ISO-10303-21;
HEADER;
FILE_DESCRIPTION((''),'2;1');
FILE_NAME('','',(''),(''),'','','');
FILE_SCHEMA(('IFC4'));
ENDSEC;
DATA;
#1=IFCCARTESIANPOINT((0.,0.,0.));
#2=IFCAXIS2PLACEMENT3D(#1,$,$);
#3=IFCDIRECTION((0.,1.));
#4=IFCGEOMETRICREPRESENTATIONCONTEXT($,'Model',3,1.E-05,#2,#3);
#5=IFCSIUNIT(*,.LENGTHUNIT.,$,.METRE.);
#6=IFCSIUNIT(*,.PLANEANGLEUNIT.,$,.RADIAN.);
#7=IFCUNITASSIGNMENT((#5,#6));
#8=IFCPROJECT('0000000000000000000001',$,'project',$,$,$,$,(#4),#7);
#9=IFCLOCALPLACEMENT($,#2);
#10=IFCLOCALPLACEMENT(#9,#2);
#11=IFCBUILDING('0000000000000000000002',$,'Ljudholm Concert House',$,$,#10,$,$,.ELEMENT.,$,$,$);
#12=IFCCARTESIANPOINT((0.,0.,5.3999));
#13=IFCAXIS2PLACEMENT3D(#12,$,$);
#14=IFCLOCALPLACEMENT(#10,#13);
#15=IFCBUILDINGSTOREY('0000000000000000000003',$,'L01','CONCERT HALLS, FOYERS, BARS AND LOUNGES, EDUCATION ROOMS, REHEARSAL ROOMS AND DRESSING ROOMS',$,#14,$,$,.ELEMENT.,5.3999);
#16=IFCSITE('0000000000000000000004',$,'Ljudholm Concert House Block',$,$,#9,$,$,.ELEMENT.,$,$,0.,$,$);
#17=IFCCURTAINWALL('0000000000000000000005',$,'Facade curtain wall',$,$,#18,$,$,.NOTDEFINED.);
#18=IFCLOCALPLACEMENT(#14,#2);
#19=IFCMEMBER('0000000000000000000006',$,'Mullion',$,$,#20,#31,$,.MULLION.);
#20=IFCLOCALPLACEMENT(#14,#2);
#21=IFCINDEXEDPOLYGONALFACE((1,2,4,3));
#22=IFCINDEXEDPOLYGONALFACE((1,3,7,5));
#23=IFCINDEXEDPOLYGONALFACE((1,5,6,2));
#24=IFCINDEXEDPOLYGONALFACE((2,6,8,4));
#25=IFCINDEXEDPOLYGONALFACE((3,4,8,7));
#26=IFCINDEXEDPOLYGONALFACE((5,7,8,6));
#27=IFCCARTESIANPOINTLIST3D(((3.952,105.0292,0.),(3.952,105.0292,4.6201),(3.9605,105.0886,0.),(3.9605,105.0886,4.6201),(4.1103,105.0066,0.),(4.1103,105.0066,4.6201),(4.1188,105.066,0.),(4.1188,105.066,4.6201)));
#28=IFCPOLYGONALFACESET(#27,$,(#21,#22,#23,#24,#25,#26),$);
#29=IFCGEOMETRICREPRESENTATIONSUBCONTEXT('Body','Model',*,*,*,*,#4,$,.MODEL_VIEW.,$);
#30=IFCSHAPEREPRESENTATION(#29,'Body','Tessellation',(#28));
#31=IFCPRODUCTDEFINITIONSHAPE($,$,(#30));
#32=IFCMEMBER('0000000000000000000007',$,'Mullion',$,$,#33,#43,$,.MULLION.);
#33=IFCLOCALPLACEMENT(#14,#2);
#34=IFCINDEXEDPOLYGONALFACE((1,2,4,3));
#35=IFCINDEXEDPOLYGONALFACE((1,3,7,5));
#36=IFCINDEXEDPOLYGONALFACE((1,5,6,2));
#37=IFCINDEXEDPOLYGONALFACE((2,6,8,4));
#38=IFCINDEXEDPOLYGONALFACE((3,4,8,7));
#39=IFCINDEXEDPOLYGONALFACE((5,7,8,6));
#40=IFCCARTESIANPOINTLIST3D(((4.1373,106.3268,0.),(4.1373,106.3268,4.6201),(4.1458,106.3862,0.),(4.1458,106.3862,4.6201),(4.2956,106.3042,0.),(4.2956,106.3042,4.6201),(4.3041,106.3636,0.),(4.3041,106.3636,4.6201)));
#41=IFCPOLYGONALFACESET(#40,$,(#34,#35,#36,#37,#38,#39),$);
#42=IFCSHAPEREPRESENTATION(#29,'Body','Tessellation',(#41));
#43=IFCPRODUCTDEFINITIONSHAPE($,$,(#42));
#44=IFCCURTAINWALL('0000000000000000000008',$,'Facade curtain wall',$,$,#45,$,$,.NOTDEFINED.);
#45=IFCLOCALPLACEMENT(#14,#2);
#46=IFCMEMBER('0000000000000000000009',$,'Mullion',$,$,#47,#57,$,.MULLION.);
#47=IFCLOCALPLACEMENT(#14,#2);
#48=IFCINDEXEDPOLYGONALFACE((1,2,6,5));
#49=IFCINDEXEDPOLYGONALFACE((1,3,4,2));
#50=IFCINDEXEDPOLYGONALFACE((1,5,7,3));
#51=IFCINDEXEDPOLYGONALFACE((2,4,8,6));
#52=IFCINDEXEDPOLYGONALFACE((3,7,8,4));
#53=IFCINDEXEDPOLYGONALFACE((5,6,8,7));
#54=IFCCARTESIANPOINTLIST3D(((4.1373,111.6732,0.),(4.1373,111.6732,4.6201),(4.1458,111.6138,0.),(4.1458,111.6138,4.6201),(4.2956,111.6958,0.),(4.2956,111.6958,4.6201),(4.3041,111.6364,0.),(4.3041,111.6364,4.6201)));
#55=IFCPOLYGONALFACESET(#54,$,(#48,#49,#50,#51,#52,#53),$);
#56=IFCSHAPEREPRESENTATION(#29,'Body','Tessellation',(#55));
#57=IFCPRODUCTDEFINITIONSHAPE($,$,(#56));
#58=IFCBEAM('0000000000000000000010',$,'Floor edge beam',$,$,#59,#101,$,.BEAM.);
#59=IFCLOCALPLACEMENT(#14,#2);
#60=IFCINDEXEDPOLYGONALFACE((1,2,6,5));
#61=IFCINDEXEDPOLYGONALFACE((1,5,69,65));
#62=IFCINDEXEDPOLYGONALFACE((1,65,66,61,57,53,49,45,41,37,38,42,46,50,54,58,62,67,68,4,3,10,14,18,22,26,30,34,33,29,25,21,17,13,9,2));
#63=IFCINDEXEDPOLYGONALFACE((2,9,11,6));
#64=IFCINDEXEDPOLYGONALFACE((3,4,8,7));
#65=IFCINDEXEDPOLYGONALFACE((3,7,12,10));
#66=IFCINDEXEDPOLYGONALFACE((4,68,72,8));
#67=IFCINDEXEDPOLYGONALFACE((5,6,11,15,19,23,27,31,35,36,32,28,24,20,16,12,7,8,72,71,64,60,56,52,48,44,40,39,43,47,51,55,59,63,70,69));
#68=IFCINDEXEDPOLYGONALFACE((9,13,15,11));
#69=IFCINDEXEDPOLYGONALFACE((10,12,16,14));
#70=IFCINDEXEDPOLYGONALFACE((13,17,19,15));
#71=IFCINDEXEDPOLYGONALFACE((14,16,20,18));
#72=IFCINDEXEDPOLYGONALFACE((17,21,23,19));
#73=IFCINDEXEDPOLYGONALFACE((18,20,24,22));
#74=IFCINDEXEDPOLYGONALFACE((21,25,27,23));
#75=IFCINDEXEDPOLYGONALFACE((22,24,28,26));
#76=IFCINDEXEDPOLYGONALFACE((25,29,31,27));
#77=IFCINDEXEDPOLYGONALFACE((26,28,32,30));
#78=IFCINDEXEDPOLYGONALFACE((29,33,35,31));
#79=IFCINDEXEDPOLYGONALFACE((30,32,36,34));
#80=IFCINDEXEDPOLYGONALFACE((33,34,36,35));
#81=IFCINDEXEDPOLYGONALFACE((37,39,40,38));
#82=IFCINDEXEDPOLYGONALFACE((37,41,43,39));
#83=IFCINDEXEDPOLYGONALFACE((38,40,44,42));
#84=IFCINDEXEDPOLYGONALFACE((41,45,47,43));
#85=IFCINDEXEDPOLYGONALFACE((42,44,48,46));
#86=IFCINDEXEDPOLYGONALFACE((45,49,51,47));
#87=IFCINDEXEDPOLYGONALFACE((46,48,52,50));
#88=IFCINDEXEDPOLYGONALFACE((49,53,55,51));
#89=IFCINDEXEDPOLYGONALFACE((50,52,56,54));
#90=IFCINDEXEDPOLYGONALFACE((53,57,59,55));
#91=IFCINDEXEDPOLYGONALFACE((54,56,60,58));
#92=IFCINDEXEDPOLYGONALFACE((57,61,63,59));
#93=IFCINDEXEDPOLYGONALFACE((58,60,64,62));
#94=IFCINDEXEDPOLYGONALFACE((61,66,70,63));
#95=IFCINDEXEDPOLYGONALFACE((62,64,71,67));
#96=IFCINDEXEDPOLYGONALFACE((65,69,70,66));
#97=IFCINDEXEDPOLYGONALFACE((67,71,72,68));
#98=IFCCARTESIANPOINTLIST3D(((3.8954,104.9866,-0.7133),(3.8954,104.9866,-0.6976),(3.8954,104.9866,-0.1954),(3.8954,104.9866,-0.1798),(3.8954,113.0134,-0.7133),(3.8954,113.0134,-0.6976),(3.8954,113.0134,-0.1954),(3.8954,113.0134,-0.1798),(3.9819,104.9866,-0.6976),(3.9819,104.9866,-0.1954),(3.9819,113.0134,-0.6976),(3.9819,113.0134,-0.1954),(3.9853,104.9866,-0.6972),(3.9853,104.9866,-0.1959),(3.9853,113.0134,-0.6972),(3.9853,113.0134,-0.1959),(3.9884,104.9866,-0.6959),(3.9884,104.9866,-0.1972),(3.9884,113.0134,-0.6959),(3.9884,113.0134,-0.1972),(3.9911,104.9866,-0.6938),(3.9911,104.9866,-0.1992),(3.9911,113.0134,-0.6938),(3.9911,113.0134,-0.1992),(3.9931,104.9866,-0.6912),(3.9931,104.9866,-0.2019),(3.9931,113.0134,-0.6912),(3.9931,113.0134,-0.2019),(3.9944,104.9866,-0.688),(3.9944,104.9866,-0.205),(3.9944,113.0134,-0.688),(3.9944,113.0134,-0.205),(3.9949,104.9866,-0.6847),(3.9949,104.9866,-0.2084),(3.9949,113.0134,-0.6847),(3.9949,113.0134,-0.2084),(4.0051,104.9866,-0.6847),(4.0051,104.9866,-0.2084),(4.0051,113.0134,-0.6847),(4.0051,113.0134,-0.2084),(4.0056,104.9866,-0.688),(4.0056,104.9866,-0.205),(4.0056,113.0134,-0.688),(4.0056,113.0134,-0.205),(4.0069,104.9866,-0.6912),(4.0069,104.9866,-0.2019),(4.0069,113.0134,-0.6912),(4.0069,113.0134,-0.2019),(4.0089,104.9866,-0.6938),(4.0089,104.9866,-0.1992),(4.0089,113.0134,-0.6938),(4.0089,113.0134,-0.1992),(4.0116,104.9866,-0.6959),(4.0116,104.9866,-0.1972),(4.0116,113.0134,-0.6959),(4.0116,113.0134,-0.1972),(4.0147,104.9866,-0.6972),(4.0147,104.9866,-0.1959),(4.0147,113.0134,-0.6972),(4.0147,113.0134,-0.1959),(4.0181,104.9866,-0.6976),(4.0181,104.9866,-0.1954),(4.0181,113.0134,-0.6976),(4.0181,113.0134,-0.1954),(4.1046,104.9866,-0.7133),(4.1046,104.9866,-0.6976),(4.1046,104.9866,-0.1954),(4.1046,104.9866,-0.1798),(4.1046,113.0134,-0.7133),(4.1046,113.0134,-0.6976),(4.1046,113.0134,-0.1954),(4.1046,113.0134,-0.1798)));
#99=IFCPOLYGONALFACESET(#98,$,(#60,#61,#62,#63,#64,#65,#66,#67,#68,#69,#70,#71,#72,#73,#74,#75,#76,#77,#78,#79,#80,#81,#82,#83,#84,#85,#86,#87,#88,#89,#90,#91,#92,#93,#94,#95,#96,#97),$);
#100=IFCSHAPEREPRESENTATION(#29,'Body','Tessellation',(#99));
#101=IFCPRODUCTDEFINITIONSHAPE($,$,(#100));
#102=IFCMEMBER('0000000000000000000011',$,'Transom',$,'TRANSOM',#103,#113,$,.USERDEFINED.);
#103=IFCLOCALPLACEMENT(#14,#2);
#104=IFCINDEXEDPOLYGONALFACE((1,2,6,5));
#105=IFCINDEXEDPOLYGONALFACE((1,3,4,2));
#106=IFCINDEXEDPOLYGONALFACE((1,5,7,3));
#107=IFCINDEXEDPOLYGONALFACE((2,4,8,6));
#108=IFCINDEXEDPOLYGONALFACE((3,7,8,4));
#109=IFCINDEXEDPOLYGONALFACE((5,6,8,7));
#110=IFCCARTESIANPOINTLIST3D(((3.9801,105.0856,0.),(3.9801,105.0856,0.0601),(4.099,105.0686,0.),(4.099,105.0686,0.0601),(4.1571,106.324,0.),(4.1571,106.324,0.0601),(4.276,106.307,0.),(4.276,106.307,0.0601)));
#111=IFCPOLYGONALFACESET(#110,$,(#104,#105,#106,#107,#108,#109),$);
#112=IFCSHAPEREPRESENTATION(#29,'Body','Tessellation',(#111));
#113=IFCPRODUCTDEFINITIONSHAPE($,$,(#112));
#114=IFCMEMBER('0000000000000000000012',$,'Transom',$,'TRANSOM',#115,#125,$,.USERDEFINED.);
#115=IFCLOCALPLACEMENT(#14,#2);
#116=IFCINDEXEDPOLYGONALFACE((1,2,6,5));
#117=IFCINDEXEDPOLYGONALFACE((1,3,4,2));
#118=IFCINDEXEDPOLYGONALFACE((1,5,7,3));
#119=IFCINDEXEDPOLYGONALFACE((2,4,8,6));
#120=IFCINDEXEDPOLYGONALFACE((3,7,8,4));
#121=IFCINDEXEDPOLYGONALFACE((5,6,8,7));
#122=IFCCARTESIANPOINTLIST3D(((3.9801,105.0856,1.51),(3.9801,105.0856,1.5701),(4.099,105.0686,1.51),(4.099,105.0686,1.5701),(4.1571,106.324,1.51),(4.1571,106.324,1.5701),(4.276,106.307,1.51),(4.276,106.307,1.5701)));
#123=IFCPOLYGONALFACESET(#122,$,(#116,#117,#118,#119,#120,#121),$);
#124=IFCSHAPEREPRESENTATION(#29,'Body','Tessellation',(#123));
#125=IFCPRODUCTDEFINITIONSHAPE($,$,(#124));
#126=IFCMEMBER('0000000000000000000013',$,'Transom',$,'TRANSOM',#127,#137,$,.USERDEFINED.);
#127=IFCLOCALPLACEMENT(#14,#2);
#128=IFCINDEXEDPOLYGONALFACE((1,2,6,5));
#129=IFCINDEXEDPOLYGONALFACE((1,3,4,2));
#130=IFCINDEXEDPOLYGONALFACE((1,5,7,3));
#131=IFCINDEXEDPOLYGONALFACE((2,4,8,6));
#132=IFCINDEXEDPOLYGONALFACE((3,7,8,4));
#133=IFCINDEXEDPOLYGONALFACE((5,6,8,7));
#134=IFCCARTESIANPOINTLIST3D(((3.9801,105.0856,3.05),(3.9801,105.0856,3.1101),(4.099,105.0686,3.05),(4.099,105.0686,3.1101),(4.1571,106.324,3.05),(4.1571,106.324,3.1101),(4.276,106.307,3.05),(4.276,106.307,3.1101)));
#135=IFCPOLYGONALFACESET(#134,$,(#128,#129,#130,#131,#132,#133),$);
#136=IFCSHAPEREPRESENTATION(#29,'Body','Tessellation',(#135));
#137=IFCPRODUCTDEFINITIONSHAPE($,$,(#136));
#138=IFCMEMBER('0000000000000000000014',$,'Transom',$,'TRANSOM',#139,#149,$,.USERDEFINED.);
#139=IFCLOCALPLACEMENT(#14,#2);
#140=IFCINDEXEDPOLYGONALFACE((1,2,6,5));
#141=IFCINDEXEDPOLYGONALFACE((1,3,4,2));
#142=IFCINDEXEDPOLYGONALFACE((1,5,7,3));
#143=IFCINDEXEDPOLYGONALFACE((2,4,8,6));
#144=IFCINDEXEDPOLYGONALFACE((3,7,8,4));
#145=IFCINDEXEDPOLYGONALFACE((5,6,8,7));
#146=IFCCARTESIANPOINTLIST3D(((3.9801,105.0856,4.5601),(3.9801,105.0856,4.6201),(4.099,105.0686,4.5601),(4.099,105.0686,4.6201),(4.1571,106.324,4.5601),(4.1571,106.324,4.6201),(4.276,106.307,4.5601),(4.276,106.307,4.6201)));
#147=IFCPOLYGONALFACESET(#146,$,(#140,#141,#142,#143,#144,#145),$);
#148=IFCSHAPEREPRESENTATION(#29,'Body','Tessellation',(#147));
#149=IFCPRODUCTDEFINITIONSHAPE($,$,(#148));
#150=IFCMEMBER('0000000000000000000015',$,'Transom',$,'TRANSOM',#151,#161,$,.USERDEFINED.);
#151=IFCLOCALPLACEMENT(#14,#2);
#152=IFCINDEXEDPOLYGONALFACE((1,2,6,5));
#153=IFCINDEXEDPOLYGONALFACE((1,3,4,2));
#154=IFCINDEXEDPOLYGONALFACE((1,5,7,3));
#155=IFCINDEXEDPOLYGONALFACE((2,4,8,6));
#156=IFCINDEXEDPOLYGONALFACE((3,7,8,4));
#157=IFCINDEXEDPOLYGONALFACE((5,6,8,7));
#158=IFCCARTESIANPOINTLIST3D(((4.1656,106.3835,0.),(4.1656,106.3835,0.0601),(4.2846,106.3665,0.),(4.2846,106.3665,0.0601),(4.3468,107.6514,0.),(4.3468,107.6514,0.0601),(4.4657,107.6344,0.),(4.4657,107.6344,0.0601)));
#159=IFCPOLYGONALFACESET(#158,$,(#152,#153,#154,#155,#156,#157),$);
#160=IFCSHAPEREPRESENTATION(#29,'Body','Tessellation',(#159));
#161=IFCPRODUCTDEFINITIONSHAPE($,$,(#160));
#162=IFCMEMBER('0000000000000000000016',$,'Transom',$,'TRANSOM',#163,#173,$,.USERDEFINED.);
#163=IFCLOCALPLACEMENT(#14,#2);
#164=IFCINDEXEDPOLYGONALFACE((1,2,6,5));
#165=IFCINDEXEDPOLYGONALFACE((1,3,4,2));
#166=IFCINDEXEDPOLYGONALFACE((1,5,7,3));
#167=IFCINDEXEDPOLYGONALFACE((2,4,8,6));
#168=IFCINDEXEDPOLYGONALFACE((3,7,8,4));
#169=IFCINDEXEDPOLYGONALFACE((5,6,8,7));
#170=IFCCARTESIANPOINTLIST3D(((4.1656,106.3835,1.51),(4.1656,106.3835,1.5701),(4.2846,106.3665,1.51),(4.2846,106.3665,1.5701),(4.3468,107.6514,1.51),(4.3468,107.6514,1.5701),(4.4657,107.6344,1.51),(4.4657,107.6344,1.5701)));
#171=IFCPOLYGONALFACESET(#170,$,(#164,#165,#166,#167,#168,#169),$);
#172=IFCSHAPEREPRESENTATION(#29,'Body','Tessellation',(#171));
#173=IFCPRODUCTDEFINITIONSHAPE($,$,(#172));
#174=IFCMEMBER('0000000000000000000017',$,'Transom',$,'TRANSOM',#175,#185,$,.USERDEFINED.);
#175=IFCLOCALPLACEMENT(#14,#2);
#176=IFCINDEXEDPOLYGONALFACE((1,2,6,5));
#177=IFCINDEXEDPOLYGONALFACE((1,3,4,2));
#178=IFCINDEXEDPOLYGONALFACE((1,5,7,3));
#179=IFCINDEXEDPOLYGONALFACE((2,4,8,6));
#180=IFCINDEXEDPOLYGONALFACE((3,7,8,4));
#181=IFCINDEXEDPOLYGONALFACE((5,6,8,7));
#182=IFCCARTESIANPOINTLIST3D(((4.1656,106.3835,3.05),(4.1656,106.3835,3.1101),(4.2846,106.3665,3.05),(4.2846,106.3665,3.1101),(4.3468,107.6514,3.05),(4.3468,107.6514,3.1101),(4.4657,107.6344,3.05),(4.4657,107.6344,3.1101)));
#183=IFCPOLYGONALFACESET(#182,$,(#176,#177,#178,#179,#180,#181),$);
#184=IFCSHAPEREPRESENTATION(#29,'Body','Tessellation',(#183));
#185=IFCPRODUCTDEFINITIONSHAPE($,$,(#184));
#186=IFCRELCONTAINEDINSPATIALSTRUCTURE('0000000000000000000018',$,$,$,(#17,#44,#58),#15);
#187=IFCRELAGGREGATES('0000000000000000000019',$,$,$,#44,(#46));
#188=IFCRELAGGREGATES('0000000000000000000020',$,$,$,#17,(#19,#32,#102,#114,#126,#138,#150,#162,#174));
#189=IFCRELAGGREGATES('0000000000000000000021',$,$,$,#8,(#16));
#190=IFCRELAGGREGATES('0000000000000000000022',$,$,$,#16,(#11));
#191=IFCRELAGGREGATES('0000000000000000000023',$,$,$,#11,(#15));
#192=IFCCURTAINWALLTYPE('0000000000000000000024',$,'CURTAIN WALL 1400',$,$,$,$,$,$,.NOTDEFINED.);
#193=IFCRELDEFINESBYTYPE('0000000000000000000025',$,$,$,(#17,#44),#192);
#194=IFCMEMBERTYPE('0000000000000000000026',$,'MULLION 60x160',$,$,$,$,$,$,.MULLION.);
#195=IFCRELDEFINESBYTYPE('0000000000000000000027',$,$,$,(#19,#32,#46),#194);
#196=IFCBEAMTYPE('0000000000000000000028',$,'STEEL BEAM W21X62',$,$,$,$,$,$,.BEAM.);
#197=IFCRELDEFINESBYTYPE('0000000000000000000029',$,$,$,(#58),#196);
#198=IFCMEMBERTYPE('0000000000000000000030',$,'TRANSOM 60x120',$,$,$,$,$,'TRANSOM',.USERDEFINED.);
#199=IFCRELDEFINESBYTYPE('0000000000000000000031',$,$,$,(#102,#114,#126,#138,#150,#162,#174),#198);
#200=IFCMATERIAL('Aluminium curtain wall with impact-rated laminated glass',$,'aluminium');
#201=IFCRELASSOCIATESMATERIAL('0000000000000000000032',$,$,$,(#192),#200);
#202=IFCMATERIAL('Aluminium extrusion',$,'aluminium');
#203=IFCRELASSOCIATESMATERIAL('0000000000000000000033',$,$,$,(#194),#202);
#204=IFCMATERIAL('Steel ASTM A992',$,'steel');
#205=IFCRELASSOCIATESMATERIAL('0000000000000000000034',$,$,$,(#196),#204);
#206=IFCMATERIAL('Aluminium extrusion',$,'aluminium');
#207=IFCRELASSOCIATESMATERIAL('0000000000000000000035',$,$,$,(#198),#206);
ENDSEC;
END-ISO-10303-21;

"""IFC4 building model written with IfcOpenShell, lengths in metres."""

from ifc_helpers import new_model, si_unit, direction, frame, origin, origin_2d, place, context, subcontext, project, spatial, rectangle, i_section, extrude, material, material_profile, profile_set, type_object, element, aggregate, save


model = new_model("IFC4")

# Units and contexts
model_context = context("Model", 3, precision=1e-05, world=origin(), true_north=direction((0.0, 1.0)))
body_context = subcontext(model_context, "Body", "Model", "MODEL_VIEW")
ifc_project = project(units=[si_unit("LENGTHUNIT", "METRE"), si_unit("PLANEANGLEUNIT", "RADIAN")], contexts=[model_context])

# Site, building, storey
site_placement = place(None, origin())
site = spatial("IfcSite", under=ifc_project, at=site_placement, Name="Ljudholm Concert House Block", CompositionType="ELEMENT", RefElevation=0.0)
building_placement = place(site_placement, origin())
building = spatial("IfcBuilding", under=site, at=building_placement, Name="Ljudholm Concert House", CompositionType="ELEMENT")
storey_placement = place(building_placement, frame((0.0, 0.0, 5.3999)))
storey = spatial("IfcBuildingStorey", under=building, at=storey_placement, Name="L01", Description="CONCERT HALLS, FOYERS, BARS AND LOUNGES, EDUCATION ROOMS, REHEARSAL ROOMS AND DRESSING ROOMS", CompositionType="ELEMENT", Elevation=5.3999)

# Curtain wall, members
ifc_material_1 = material(Name="Aluminium curtain wall with impact-rated laminated glass", Category="aluminium")
curtain_wall_type = type_object("IfcCurtainWallType", Name="CURTAIN WALL 1400", PredefinedType="NOTDEFINED", material=ifc_material_1)
curtain_wall_1_placement = place(storey_placement, origin())
curtain_wall_1 = element("IfcCurtainWall", 1, at=curtain_wall_1_placement, inside=storey, type_object=curtain_wall_type, Name="Facade curtain wall", PredefinedType="NOTDEFINED")
ifc_material_2 = material(Name="Aluminium extrusion", Category="aluminium")
ifc_material_profile_1 = material_profile(ifc_material_2, rectangle(XDim=0.1599, YDim=0.0601, at=origin_2d()), Name="MULLION 60x160")
ifc_profile_set_1 = profile_set([ifc_material_profile_1], Name="Aluminium extrusion")
member_type_1 = type_object("IfcMemberType", Name="MULLION 60x160", PredefinedType="MULLION", material=ifc_profile_set_1)
member_1_placement = place(storey_placement, frame((4.0354, 105.0476, 0.0), z_axis=(0.0, 0.0, 1.0), x_axis=(-0.989949, 0.141421, 0.0)))
member_1 = element("IfcMember", 2, at=member_1_placement, type_object=member_type_1, Name="Mullion", PredefinedType="MULLION", context=body_context, shape_type="SweptSolid", body=[
    extrude(rectangle(XDim=0.1599, YDim=0.0601, at=origin_2d()), origin(), (0.0, 0.0, 1.0), 4.6201),
])
member_2_placement = place(storey_placement, frame((4.2207, 106.3452, 0.0), z_axis=(0.0, 0.0, 1.0), x_axis=(-0.989949, 0.141421, 0.0)))
member_2 = element("IfcMember", 3, at=member_2_placement, type_object=member_type_1, Name="Mullion", PredefinedType="MULLION", context=body_context, shape_type="SweptSolid", body=[
    extrude(rectangle(XDim=0.1599, YDim=0.0601, at=origin_2d()), origin(), (0.0, 0.0, 1.0), 4.6201),
])

# Curtain wall, member
curtain_wall_2_placement = place(storey_placement, origin())
curtain_wall_2 = element("IfcCurtainWall", 4, at=curtain_wall_2_placement, inside=storey, type_object=curtain_wall_type, Name="Facade curtain wall", PredefinedType="NOTDEFINED")
member_3_placement = place(storey_placement, frame((4.2207, 111.6548, 0.0), z_axis=(0.0, 0.0, 1.0), x_axis=(-0.989949, -0.141421, 0.0)))
member_3 = element("IfcMember", 5, at=member_3_placement, type_object=member_type_1, Name="Mullion", PredefinedType="MULLION", context=body_context, shape_type="SweptSolid", body=[
    extrude(rectangle(XDim=0.1599, YDim=0.0601, at=origin_2d()), origin(), (0.0, 0.0, 1.0), 4.6201),
])

# Beam
ifc_material_3 = material(Name="Steel ASTM A992", Category="steel")
ifc_material_profile_2 = material_profile(ifc_material_3, i_section(OverallWidth=0.2092, OverallDepth=0.5334, WebThickness=0.0103, FlangeThickness=0.0156, FilletRadius=0.0129, at=origin_2d()), Name="W21X62")
ifc_profile_set_2 = profile_set([ifc_material_profile_2], Name="Steel ASTM A992")
beam_type = type_object("IfcBeamType", Name="STEEL BEAM W21X62", PredefinedType="BEAM", material=ifc_profile_set_2)
beam_placement = place(storey_placement, frame((4.0, 104.9866, -0.4465), z_axis=(0.0, 1.0, 0.0), x_axis=(-1.0, 0.0, 0.0)))
element("IfcBeam", 6, at=beam_placement, inside=storey, type_object=beam_type, Name="Floor edge beam", PredefinedType="BEAM", context=body_context, shape_type="SweptSolid", body=[
    extrude(i_section(OverallWidth=0.2092, OverallDepth=0.5334, WebThickness=0.0103, FlangeThickness=0.0156, FilletRadius=0.0129, at=origin_2d()), origin(), (0.0, 0.0, 1.0), 8.0269),
])

# Members
ifc_material_4 = material(Name="Aluminium extrusion", Category="aluminium")
ifc_material_profile_3 = material_profile(ifc_material_4, rectangle(XDim=0.1201, YDim=0.0601, at=origin_2d()), Name="TRANSOM 60x120")
ifc_profile_set_3 = profile_set([ifc_material_profile_3], Name="Aluminium extrusion")
member_type_2 = type_object("IfcMemberType", Name="TRANSOM 60x120", ElementType="TRANSOM", PredefinedType="USERDEFINED", material=ifc_profile_set_3)
member_4_placement = place(storey_placement, frame((4.0396, 105.0771, 0.03), z_axis=(0.141503, 0.989938, 0.0), x_axis=(-0.989938, 0.141503, 0.0)))
member_4 = element("IfcMember", 7, at=member_4_placement, type_object=member_type_2, Name="Transom", ObjectType="TRANSOM", PredefinedType="USERDEFINED", context=body_context, shape_type="SweptSolid", body=[
    extrude(rectangle(XDim=0.1201, YDim=0.0601, at=origin_2d()), origin(), (0.0, 0.0, 1.0), 1.251),
])
member_5_placement = place(storey_placement, frame((4.0396, 105.0771, 1.54), z_axis=(0.141503, 0.989938, 0.0), x_axis=(-0.989938, 0.141503, 0.0)))
member_5 = element("IfcMember", 8, at=member_5_placement, type_object=member_type_2, Name="Transom", ObjectType="TRANSOM", PredefinedType="USERDEFINED", context=body_context, shape_type="SweptSolid", body=[
    extrude(rectangle(XDim=0.1201, YDim=0.0601, at=origin_2d()), origin(), (0.0, 0.0, 1.0), 1.251),
])
member_6_placement = place(storey_placement, frame((4.0396, 105.0771, 3.0801), z_axis=(0.141503, 0.989938, 0.0), x_axis=(-0.989938, 0.141503, 0.0)))
member_6 = element("IfcMember", 9, at=member_6_placement, type_object=member_type_2, Name="Transom", ObjectType="TRANSOM", PredefinedType="USERDEFINED", context=body_context, shape_type="SweptSolid", body=[
    extrude(rectangle(XDim=0.1201, YDim=0.0601, at=origin_2d()), origin(), (0.0, 0.0, 1.0), 1.251),
])
member_7_placement = place(storey_placement, frame((4.0396, 105.0771, 4.5901), z_axis=(0.141503, 0.989938, 0.0), x_axis=(-0.989938, 0.141503, 0.0)))
member_7 = element("IfcMember", 10, at=member_7_placement, type_object=member_type_2, Name="Transom", ObjectType="TRANSOM", PredefinedType="USERDEFINED", context=body_context, shape_type="SweptSolid", body=[
    extrude(rectangle(XDim=0.1201, YDim=0.0601, at=origin_2d()), origin(), (0.0, 0.0, 1.0), 1.251),
])
member_8_placement = place(storey_placement, frame((4.2251, 106.375, 0.03), z_axis=(0.141448, 0.989946, 0.0), x_axis=(-0.989946, 0.141448, 0.0)))
member_8 = element("IfcMember", 11, at=member_8_placement, type_object=member_type_2, Name="Transom", ObjectType="TRANSOM", PredefinedType="USERDEFINED", context=body_context, shape_type="SweptSolid", body=[
    extrude(rectangle(XDim=0.1201, YDim=0.0601, at=origin_2d()), origin(), (0.0, 0.0, 1.0), 1.2808),
])
member_9_placement = place(storey_placement, frame((4.2251, 106.375, 1.54), z_axis=(0.141448, 0.989946, 0.0), x_axis=(-0.989946, 0.141448, 0.0)))
member_9 = element("IfcMember", 12, at=member_9_placement, type_object=member_type_2, Name="Transom", ObjectType="TRANSOM", PredefinedType="USERDEFINED", context=body_context, shape_type="SweptSolid", body=[
    extrude(rectangle(XDim=0.1201, YDim=0.0601, at=origin_2d()), origin(), (0.0, 0.0, 1.0), 1.2808),
])
member_10_placement = place(storey_placement, frame((4.2251, 106.375, 3.0801), z_axis=(0.141448, 0.989946, 0.0), x_axis=(-0.989946, 0.141448, 0.0)))
member_10 = element("IfcMember", 13, at=member_10_placement, type_object=member_type_2, Name="Transom", ObjectType="TRANSOM", PredefinedType="USERDEFINED", context=body_context, shape_type="SweptSolid", body=[
    extrude(rectangle(XDim=0.1201, YDim=0.0601, at=origin_2d()), origin(), (0.0, 0.0, 1.0), 1.2808),
])
aggregate(curtain_wall_2, [member_3])

aggregate(curtain_wall_1, [member_1, member_2, member_4, member_5, member_6, member_7, member_8, member_9, member_10])

save(model, "model.ifc")
